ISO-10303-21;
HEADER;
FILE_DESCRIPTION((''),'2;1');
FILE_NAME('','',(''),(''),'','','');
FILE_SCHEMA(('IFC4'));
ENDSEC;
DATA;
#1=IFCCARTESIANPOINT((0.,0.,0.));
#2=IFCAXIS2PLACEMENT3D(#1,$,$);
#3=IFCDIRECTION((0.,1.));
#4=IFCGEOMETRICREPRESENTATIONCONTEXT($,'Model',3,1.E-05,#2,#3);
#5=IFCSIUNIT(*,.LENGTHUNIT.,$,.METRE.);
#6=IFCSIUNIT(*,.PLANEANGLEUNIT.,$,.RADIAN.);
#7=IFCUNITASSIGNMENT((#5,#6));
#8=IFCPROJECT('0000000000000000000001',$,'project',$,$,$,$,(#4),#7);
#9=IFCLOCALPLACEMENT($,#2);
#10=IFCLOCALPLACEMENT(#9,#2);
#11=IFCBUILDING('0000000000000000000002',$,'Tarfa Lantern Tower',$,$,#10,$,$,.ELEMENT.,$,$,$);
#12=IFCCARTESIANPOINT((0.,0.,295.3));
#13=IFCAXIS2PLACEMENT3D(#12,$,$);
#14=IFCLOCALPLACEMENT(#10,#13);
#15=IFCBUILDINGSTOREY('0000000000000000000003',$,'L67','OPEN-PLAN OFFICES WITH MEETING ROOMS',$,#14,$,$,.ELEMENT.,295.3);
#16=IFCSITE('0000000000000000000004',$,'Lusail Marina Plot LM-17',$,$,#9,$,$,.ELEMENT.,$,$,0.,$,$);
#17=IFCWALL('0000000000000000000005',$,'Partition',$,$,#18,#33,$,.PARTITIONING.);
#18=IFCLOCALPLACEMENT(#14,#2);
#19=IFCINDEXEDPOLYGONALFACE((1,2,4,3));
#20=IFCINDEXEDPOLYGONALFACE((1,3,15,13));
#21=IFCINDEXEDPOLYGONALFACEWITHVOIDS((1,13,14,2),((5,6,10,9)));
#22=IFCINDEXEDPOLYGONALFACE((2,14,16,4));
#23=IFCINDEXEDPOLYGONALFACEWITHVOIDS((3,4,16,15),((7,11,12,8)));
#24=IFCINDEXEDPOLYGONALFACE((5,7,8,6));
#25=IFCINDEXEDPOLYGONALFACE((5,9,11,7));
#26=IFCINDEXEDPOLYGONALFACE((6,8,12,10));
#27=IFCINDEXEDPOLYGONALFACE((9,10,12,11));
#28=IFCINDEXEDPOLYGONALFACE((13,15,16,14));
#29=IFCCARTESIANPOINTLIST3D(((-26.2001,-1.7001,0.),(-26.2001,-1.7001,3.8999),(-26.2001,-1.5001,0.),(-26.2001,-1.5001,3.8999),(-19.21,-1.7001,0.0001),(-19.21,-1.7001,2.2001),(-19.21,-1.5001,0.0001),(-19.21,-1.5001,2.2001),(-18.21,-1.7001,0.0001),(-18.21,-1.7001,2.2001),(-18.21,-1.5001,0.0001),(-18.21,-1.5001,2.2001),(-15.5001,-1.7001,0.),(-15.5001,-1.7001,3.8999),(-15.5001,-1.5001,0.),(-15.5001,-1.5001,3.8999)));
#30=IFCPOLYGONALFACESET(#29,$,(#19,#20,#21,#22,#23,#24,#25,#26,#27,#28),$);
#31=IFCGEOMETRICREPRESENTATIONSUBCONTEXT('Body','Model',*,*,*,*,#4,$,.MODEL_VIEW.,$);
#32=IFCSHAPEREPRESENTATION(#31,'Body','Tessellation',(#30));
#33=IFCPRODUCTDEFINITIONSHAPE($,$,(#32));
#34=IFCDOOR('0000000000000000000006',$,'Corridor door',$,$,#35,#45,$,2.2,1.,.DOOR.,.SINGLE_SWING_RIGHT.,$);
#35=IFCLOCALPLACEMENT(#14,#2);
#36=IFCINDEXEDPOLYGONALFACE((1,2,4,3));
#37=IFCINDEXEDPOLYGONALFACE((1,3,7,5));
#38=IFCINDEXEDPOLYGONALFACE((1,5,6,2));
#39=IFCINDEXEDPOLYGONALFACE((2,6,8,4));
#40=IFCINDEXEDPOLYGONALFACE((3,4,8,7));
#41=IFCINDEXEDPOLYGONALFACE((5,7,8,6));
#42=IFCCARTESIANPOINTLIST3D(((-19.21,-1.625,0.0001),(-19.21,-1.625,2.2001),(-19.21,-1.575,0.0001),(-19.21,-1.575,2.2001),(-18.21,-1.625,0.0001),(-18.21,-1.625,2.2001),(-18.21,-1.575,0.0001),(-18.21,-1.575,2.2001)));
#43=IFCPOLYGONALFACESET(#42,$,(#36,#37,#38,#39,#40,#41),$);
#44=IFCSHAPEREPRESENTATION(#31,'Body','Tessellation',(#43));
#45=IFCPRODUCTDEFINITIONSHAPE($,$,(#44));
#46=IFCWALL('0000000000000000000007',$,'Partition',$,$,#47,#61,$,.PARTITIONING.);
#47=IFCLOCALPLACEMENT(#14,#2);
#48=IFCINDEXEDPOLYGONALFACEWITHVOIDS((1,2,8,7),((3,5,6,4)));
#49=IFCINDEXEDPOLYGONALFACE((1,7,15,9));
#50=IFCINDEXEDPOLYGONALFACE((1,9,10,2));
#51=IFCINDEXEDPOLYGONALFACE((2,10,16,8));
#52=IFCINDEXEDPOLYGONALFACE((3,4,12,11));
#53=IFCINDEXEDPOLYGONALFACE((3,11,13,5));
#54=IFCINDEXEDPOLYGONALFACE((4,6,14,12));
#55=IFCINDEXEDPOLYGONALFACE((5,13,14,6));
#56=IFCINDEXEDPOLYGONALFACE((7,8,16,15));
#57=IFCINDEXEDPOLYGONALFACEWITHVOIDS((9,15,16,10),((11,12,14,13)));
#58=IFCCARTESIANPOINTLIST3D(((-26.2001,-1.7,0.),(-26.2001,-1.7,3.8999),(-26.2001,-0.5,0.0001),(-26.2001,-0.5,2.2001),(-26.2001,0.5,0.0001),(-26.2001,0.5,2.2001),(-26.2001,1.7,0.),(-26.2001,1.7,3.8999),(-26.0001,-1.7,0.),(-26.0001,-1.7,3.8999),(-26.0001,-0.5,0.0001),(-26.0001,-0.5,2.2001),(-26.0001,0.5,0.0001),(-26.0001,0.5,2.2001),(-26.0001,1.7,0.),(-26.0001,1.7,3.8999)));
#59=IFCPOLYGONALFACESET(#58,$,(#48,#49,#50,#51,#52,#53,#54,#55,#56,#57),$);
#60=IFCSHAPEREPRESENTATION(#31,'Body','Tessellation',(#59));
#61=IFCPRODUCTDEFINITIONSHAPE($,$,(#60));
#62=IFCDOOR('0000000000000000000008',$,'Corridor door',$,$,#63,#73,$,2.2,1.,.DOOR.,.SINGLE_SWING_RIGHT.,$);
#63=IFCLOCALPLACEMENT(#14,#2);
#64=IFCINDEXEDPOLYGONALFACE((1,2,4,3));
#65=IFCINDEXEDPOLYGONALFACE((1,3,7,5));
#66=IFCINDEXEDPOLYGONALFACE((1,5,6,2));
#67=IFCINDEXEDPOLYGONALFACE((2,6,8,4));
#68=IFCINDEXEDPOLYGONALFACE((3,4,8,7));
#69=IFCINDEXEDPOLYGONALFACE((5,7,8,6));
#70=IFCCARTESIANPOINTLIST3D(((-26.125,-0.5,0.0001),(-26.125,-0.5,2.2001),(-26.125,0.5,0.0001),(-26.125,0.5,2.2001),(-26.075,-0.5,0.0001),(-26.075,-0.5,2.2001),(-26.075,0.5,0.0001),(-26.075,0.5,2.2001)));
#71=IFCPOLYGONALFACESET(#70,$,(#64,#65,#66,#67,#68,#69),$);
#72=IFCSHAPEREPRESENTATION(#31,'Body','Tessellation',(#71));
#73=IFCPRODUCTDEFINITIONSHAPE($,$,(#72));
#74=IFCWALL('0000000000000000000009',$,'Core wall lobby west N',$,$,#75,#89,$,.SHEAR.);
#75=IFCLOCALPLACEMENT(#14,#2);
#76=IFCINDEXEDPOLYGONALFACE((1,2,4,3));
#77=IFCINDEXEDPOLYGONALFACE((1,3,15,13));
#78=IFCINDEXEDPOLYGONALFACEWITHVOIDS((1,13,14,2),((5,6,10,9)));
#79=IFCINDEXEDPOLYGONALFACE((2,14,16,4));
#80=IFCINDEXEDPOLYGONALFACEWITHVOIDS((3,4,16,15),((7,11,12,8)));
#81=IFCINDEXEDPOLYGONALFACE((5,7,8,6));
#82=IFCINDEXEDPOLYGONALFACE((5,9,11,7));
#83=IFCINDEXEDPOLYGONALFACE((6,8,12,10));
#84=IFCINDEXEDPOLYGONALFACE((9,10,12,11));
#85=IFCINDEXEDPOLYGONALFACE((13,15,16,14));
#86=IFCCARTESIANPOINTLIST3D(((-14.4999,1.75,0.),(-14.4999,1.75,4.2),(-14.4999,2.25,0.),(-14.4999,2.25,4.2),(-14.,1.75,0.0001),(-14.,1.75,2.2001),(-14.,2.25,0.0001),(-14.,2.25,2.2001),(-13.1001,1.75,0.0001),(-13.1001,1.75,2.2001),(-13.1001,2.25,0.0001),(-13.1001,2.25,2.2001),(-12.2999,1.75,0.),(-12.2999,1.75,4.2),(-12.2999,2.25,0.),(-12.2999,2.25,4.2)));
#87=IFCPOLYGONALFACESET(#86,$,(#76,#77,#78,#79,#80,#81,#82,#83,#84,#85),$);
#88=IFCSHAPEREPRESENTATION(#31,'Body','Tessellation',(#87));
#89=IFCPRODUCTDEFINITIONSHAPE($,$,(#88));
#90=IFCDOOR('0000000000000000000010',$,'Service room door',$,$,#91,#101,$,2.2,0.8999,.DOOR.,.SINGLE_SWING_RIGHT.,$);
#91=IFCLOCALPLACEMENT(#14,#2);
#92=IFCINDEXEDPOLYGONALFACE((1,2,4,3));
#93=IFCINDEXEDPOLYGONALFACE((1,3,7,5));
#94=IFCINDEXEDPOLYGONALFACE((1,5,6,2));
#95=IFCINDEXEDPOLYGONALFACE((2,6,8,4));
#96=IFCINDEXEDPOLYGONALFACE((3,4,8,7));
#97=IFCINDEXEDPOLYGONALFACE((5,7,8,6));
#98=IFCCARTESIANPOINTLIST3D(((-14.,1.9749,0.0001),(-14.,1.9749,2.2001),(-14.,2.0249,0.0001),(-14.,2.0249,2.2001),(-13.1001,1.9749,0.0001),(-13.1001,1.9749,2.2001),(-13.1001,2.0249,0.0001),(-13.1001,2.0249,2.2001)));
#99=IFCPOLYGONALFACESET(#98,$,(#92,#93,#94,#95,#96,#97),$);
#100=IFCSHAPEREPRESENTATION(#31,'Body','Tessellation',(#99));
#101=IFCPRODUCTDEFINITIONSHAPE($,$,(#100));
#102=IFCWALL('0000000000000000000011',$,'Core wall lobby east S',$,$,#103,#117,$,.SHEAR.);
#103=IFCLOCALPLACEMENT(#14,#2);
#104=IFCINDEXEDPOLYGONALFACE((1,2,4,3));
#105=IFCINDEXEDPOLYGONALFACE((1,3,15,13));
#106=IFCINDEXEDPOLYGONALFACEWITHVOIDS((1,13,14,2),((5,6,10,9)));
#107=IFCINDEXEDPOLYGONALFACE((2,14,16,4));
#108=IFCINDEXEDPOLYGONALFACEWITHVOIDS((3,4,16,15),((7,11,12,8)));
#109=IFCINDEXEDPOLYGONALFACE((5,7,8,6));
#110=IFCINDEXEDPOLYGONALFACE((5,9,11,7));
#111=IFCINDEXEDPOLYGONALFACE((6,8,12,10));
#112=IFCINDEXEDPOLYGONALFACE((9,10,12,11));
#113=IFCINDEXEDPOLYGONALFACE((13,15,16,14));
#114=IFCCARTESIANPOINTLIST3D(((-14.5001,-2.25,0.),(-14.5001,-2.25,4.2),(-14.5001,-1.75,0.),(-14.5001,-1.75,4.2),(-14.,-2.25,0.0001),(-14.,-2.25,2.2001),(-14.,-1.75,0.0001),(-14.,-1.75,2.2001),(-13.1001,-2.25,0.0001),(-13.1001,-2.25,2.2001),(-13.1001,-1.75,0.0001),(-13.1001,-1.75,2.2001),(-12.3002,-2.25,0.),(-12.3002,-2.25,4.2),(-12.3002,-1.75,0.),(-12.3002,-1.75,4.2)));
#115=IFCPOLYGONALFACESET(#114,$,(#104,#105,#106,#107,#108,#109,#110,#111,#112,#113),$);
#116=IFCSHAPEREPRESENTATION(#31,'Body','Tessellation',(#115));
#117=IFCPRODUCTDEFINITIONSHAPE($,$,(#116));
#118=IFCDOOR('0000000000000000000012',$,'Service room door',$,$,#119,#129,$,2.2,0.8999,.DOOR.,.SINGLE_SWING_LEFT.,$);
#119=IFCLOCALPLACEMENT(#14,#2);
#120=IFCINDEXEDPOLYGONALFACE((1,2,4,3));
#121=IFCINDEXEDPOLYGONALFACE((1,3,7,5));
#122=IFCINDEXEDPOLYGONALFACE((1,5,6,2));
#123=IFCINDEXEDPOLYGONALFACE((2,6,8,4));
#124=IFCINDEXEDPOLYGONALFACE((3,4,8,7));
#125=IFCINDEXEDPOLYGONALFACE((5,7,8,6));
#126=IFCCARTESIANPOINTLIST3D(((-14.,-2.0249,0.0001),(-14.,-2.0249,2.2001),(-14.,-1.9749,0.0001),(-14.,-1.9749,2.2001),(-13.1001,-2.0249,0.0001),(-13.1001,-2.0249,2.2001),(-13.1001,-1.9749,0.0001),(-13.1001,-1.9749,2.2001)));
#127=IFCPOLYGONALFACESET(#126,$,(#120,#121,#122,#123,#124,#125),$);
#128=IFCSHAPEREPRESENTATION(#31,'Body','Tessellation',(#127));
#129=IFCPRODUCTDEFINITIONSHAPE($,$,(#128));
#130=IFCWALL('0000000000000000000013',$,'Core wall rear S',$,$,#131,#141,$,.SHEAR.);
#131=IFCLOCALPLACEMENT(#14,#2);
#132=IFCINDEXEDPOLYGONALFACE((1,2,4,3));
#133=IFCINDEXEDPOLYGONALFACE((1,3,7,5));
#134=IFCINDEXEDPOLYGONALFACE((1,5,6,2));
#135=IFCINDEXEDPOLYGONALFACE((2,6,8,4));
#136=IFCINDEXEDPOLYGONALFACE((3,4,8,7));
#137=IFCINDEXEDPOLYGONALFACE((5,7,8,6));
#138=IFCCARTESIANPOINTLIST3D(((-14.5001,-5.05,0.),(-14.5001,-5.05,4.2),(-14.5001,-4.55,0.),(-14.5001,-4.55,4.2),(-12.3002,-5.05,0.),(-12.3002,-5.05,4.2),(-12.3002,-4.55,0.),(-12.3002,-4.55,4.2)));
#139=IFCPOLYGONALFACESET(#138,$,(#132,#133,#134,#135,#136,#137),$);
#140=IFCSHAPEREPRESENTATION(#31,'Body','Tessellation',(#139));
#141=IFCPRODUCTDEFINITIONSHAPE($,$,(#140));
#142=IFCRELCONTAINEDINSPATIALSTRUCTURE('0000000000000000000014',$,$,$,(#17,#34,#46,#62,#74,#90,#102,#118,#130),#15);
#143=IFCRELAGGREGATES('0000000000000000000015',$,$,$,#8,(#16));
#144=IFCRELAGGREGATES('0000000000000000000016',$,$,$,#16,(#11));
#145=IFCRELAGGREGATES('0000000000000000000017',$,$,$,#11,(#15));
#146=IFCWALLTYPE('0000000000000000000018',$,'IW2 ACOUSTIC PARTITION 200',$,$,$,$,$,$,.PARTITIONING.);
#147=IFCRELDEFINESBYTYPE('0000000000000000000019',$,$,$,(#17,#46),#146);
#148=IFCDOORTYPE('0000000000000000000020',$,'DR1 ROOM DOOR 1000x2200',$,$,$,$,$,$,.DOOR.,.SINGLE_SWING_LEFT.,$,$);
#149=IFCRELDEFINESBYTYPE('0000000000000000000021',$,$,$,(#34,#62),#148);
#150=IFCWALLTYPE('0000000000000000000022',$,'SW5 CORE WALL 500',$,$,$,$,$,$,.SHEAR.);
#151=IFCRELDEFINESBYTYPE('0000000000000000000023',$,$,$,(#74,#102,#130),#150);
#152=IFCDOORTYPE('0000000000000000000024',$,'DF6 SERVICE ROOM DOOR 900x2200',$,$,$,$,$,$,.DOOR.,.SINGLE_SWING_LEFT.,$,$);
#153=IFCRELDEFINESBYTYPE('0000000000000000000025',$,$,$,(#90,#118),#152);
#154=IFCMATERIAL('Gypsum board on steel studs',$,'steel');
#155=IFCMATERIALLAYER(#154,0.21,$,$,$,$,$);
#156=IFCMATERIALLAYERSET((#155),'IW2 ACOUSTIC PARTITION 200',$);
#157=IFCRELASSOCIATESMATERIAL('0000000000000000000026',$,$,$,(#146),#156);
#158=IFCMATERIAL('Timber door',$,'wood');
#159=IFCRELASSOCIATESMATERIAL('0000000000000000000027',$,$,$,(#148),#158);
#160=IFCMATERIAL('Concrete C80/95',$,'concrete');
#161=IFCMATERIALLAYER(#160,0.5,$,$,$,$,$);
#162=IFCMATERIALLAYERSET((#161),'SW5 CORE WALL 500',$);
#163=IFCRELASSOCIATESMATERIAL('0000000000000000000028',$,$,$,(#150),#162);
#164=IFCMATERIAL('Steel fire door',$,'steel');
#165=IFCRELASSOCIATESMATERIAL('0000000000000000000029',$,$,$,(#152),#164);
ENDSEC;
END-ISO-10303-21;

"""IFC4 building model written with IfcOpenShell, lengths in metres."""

from ifc_helpers import new_model, si_unit, direction, frame, frame_2d, origin, place, context, subcontext, project, spatial, rectangle, extrude, material, layer, layer_set, type_object, element, fill, save


model = new_model("IFC4")

# Units and contexts
model_context = context("Model", 3, precision=1e-05, world=origin(), true_north=direction((0.0, 1.0)))
body_context = subcontext(model_context, "Body", "Model", "MODEL_VIEW")
ifc_project = project(units=[si_unit("LENGTHUNIT", "METRE"), si_unit("PLANEANGLEUNIT", "RADIAN")], contexts=[model_context])

# Site, building, storey
site_placement = place(None, origin())
site = spatial("IfcSite", under=ifc_project, at=site_placement, Name="Lusail Marina Plot LM-17", CompositionType="ELEMENT", RefElevation=0.0)
building_placement = place(site_placement, origin())
building = spatial("IfcBuilding", under=site, at=building_placement, Name="Tarfa Lantern Tower", CompositionType="ELEMENT")
storey_placement = place(building_placement, frame((0.0, 0.0, 295.3)))
storey = spatial("IfcBuildingStorey", under=building, at=storey_placement, Name="L67", Description="OPEN-PLAN OFFICES WITH MEETING ROOMS", CompositionType="ELEMENT", Elevation=295.3)

# Shared definitions
ifc_material_1 = material(Name="Concrete C80/95", Category="concrete")

# Walls, openings, doors
ifc_material_2 = material(Name="Gypsum board on steel studs", Category="steel")
ifc_layer_1 = layer(ifc_material_2, 0.21)
ifc_layer_set_1 = layer_set([ifc_layer_1], Name="IW2 ACOUSTIC PARTITION 200")
wall_type_1 = type_object("IfcWallType", Name="IW2 ACOUSTIC PARTITION 200", PredefinedType="PARTITIONING", material=ifc_layer_set_1)
ifc_material_3 = material(Name="Timber door", Category="wood")
door_type_1 = type_object("IfcDoorType", Name="DR1 ROOM DOOR 1000x2200", OperationType="SINGLE_SWING_LEFT", PredefinedType="DOOR", material=ifc_material_3)
wall_1_placement = place(storey_placement, frame((-15.5, -1.6001, 0.0), z_axis=(0.0, 0.0, 1.0), x_axis=(-1.0, 0.0, 0.0)))
wall_1 = element("IfcWall", 1, at=wall_1_placement, inside=storey, type_object=wall_type_1, Name="Partition", PredefinedType="PARTITIONING", context=body_context, shape_type="SweptSolid", body=[
    extrude(rectangle(XDim=10.7, YDim=0.2, at=frame_2d((5.3501, 0.0))), origin(), (0.0, 0.0, 1.0), 3.8999),
])
opening_1_placement = place(wall_1_placement, frame((2.71, 0.0, 0.0)))
opening_1 = element("IfcOpeningElement", 2, at=opening_1_placement, cuts=wall_1, PredefinedType="OPENING", context=body_context, shape_type="SweptSolid", body=[
    extrude(rectangle(XDim=1.0, YDim=2.2, at=frame_2d((0.5, 1.1001))), frame((0.0, 0.1099, 0.0), z_axis=(0.0, -1.0, 0.0), x_axis=(1.0, 0.0, 0.0)), (0.0, 0.0, 1.0), 0.22),
])
door_1_placement = place(opening_1_placement, origin())
door_1 = element("IfcDoor", 3, at=door_1_placement, inside=storey, type_object=door_type_1, Name="Corridor door", OperationType="SINGLE_SWING_RIGHT", OverallHeight=2.2, OverallWidth=1.0, PredefinedType="DOOR", context=body_context, shape_type="SweptSolid", body=[
    extrude(rectangle(XDim=1.0, YDim=2.2, at=frame_2d((0.5, 1.1001))), frame((0.0, 0.0249, 0.0), z_axis=(0.0, -1.0, 0.0), x_axis=(1.0, 0.0, 0.0)), (0.0, 0.0, 1.0), 0.05),
])
fill(opening_1, door_1)
wall_2_placement = place(storey_placement, frame((-26.1001, -1.7, 0.0), z_axis=(0.0, 0.0, 1.0), x_axis=(0.0, 1.0, 0.0)))
wall_2 = element("IfcWall", 4, at=wall_2_placement, inside=storey, type_object=wall_type_1, Name="Partition", PredefinedType="PARTITIONING", context=body_context, shape_type="SweptSolid", body=[
    extrude(rectangle(XDim=3.3999, YDim=0.2, at=frame_2d((1.7, 0.0))), origin(), (0.0, 0.0, 1.0), 3.8999),
])
opening_2_placement = place(wall_2_placement, frame((1.2, 0.0, 0.0)))
opening_2 = element("IfcOpeningElement", 5, at=opening_2_placement, cuts=wall_2, PredefinedType="OPENING", context=body_context, shape_type="SweptSolid", body=[
    extrude(rectangle(XDim=1.0, YDim=2.2, at=frame_2d((0.5, 1.1001))), frame((0.0, 0.1099, 0.0), z_axis=(0.0, -1.0, 0.0), x_axis=(1.0, 0.0, 0.0)), (0.0, 0.0, 1.0), 0.22),
])
door_2_placement = place(opening_2_placement, origin())
door_2 = element("IfcDoor", 6, at=door_2_placement, inside=storey, type_object=door_type_1, Name="Corridor door", OperationType="SINGLE_SWING_RIGHT", OverallHeight=2.2, OverallWidth=1.0, PredefinedType="DOOR", context=body_context, shape_type="SweptSolid", body=[
    extrude(rectangle(XDim=1.0, YDim=2.2, at=frame_2d((0.5, 1.1001))), frame((0.0, 0.0249, 0.0), z_axis=(0.0, -1.0, 0.0), x_axis=(1.0, 0.0, 0.0)), (0.0, 0.0, 1.0), 0.05),
])
fill(opening_2, door_2)
ifc_layer_2 = layer(ifc_material_1, 0.5)
ifc_layer_set_2 = layer_set([ifc_layer_2], Name="SW5 CORE WALL 500")
wall_type_2 = type_object("IfcWallType", Name="SW5 CORE WALL 500", PredefinedType="SHEAR", material=ifc_layer_set_2)
wall_3_placement = place(storey_placement, frame((-14.5, 2.0, 0.0), z_axis=(0.0, 0.0, 1.0), x_axis=(1.0, 0.0, 0.0)))
wall_3 = element("IfcWall", 7, at=wall_3_placement, inside=storey, type_object=wall_type_2, Name="Core wall lobby west N", PredefinedType="SHEAR", context=body_context, shape_type="SweptSolid", body=[
    extrude(rectangle(XDim=2.2, YDim=0.5, at=frame_2d((1.1001, 0.0))), origin(), (0.0, 0.0, 1.0), 4.2),
])
opening_3_placement = place(wall_3_placement, frame((0.5, 0.0, 0.0)))
opening_3 = element("IfcOpeningElement", 8, at=opening_3_placement, cuts=wall_3, PredefinedType="OPENING", context=body_context, shape_type="SweptSolid", body=[
    extrude(rectangle(XDim=0.8999, YDim=2.2, at=frame_2d((0.45, 1.1001))), frame((0.0, 0.26, 0.0), z_axis=(0.0, -1.0, 0.0), x_axis=(1.0, 0.0, 0.0)), (0.0, 0.0, 1.0), 0.52),
])
ifc_material_4 = material(Name="Steel fire door", Category="steel")
door_type_2 = type_object("IfcDoorType", Name="DF6 SERVICE ROOM DOOR 900x2200", OperationType="SINGLE_SWING_LEFT", PredefinedType="DOOR", material=ifc_material_4)
door_3_placement = place(opening_3_placement, origin())
door_3 = element("IfcDoor", 9, at=door_3_placement, inside=storey, type_object=door_type_2, Name="Service room door", OperationType="SINGLE_SWING_RIGHT", OverallHeight=2.2, OverallWidth=0.8999, PredefinedType="DOOR", context=body_context, shape_type="SweptSolid", body=[
    extrude(rectangle(XDim=0.8999, YDim=2.2, at=frame_2d((0.45, 1.1001))), frame((0.0, 0.0249, 0.0), z_axis=(0.0, -1.0, 0.0), x_axis=(1.0, 0.0, 0.0)), (0.0, 0.0, 1.0), 0.05),
])
fill(opening_3, door_3)
wall_4_placement = place(storey_placement, frame((-12.3, -2.0, 0.0), z_axis=(0.0, 0.0, 1.0), x_axis=(-1.0, 0.0, 0.0)))
wall_4 = element("IfcWall", 10, at=wall_4_placement, inside=storey, type_object=wall_type_2, Name="Core wall lobby east S", PredefinedType="SHEAR", context=body_context, shape_type="SweptSolid", body=[
    extrude(rectangle(XDim=2.2, YDim=0.5, at=frame_2d((1.1001, 0.0))), origin(), (0.0, 0.0, 1.0), 4.2),
])
opening_4_placement = place(wall_4_placement, frame((0.8, 0.0, 0.0)))
opening_4 = element("IfcOpeningElement", 11, at=opening_4_placement, cuts=wall_4, PredefinedType="OPENING", context=body_context, shape_type="SweptSolid", body=[
    extrude(rectangle(XDim=0.8999, YDim=2.2, at=frame_2d((0.45, 1.1001))), frame((0.0, 0.26, 0.0), z_axis=(0.0, -1.0, 0.0), x_axis=(1.0, 0.0, 0.0)), (0.0, 0.0, 1.0), 0.52),
])
door_4_placement = place(opening_4_placement, origin())
door_4 = element("IfcDoor", 12, at=door_4_placement, inside=storey, type_object=door_type_2, Name="Service room door", OperationType="SINGLE_SWING_LEFT", OverallHeight=2.2, OverallWidth=0.8999, PredefinedType="DOOR", context=body_context, shape_type="SweptSolid", body=[
    extrude(rectangle(XDim=0.8999, YDim=2.2, at=frame_2d((0.45, 1.1001))), frame((0.0, 0.0249, 0.0), z_axis=(0.0, -1.0, 0.0), x_axis=(1.0, 0.0, 0.0)), (0.0, 0.0, 1.0), 0.05),
])
fill(opening_4, door_4)

# Wall
wall_5_placement = place(storey_placement, frame((-12.3, -4.8, 0.0), z_axis=(0.0, 0.0, 1.0), x_axis=(-1.0, 0.0, 0.0)))
element("IfcWall", 13, at=wall_5_placement, inside=storey, type_object=wall_type_2, Name="Core wall rear S", PredefinedType="SHEAR", context=body_context, shape_type="SweptSolid", body=[
    extrude(rectangle(XDim=2.2, YDim=0.5, at=frame_2d((1.1001, 0.0))), origin(), (0.0, 0.0, 1.0), 4.2),
])

save(model, "model.ifc")
